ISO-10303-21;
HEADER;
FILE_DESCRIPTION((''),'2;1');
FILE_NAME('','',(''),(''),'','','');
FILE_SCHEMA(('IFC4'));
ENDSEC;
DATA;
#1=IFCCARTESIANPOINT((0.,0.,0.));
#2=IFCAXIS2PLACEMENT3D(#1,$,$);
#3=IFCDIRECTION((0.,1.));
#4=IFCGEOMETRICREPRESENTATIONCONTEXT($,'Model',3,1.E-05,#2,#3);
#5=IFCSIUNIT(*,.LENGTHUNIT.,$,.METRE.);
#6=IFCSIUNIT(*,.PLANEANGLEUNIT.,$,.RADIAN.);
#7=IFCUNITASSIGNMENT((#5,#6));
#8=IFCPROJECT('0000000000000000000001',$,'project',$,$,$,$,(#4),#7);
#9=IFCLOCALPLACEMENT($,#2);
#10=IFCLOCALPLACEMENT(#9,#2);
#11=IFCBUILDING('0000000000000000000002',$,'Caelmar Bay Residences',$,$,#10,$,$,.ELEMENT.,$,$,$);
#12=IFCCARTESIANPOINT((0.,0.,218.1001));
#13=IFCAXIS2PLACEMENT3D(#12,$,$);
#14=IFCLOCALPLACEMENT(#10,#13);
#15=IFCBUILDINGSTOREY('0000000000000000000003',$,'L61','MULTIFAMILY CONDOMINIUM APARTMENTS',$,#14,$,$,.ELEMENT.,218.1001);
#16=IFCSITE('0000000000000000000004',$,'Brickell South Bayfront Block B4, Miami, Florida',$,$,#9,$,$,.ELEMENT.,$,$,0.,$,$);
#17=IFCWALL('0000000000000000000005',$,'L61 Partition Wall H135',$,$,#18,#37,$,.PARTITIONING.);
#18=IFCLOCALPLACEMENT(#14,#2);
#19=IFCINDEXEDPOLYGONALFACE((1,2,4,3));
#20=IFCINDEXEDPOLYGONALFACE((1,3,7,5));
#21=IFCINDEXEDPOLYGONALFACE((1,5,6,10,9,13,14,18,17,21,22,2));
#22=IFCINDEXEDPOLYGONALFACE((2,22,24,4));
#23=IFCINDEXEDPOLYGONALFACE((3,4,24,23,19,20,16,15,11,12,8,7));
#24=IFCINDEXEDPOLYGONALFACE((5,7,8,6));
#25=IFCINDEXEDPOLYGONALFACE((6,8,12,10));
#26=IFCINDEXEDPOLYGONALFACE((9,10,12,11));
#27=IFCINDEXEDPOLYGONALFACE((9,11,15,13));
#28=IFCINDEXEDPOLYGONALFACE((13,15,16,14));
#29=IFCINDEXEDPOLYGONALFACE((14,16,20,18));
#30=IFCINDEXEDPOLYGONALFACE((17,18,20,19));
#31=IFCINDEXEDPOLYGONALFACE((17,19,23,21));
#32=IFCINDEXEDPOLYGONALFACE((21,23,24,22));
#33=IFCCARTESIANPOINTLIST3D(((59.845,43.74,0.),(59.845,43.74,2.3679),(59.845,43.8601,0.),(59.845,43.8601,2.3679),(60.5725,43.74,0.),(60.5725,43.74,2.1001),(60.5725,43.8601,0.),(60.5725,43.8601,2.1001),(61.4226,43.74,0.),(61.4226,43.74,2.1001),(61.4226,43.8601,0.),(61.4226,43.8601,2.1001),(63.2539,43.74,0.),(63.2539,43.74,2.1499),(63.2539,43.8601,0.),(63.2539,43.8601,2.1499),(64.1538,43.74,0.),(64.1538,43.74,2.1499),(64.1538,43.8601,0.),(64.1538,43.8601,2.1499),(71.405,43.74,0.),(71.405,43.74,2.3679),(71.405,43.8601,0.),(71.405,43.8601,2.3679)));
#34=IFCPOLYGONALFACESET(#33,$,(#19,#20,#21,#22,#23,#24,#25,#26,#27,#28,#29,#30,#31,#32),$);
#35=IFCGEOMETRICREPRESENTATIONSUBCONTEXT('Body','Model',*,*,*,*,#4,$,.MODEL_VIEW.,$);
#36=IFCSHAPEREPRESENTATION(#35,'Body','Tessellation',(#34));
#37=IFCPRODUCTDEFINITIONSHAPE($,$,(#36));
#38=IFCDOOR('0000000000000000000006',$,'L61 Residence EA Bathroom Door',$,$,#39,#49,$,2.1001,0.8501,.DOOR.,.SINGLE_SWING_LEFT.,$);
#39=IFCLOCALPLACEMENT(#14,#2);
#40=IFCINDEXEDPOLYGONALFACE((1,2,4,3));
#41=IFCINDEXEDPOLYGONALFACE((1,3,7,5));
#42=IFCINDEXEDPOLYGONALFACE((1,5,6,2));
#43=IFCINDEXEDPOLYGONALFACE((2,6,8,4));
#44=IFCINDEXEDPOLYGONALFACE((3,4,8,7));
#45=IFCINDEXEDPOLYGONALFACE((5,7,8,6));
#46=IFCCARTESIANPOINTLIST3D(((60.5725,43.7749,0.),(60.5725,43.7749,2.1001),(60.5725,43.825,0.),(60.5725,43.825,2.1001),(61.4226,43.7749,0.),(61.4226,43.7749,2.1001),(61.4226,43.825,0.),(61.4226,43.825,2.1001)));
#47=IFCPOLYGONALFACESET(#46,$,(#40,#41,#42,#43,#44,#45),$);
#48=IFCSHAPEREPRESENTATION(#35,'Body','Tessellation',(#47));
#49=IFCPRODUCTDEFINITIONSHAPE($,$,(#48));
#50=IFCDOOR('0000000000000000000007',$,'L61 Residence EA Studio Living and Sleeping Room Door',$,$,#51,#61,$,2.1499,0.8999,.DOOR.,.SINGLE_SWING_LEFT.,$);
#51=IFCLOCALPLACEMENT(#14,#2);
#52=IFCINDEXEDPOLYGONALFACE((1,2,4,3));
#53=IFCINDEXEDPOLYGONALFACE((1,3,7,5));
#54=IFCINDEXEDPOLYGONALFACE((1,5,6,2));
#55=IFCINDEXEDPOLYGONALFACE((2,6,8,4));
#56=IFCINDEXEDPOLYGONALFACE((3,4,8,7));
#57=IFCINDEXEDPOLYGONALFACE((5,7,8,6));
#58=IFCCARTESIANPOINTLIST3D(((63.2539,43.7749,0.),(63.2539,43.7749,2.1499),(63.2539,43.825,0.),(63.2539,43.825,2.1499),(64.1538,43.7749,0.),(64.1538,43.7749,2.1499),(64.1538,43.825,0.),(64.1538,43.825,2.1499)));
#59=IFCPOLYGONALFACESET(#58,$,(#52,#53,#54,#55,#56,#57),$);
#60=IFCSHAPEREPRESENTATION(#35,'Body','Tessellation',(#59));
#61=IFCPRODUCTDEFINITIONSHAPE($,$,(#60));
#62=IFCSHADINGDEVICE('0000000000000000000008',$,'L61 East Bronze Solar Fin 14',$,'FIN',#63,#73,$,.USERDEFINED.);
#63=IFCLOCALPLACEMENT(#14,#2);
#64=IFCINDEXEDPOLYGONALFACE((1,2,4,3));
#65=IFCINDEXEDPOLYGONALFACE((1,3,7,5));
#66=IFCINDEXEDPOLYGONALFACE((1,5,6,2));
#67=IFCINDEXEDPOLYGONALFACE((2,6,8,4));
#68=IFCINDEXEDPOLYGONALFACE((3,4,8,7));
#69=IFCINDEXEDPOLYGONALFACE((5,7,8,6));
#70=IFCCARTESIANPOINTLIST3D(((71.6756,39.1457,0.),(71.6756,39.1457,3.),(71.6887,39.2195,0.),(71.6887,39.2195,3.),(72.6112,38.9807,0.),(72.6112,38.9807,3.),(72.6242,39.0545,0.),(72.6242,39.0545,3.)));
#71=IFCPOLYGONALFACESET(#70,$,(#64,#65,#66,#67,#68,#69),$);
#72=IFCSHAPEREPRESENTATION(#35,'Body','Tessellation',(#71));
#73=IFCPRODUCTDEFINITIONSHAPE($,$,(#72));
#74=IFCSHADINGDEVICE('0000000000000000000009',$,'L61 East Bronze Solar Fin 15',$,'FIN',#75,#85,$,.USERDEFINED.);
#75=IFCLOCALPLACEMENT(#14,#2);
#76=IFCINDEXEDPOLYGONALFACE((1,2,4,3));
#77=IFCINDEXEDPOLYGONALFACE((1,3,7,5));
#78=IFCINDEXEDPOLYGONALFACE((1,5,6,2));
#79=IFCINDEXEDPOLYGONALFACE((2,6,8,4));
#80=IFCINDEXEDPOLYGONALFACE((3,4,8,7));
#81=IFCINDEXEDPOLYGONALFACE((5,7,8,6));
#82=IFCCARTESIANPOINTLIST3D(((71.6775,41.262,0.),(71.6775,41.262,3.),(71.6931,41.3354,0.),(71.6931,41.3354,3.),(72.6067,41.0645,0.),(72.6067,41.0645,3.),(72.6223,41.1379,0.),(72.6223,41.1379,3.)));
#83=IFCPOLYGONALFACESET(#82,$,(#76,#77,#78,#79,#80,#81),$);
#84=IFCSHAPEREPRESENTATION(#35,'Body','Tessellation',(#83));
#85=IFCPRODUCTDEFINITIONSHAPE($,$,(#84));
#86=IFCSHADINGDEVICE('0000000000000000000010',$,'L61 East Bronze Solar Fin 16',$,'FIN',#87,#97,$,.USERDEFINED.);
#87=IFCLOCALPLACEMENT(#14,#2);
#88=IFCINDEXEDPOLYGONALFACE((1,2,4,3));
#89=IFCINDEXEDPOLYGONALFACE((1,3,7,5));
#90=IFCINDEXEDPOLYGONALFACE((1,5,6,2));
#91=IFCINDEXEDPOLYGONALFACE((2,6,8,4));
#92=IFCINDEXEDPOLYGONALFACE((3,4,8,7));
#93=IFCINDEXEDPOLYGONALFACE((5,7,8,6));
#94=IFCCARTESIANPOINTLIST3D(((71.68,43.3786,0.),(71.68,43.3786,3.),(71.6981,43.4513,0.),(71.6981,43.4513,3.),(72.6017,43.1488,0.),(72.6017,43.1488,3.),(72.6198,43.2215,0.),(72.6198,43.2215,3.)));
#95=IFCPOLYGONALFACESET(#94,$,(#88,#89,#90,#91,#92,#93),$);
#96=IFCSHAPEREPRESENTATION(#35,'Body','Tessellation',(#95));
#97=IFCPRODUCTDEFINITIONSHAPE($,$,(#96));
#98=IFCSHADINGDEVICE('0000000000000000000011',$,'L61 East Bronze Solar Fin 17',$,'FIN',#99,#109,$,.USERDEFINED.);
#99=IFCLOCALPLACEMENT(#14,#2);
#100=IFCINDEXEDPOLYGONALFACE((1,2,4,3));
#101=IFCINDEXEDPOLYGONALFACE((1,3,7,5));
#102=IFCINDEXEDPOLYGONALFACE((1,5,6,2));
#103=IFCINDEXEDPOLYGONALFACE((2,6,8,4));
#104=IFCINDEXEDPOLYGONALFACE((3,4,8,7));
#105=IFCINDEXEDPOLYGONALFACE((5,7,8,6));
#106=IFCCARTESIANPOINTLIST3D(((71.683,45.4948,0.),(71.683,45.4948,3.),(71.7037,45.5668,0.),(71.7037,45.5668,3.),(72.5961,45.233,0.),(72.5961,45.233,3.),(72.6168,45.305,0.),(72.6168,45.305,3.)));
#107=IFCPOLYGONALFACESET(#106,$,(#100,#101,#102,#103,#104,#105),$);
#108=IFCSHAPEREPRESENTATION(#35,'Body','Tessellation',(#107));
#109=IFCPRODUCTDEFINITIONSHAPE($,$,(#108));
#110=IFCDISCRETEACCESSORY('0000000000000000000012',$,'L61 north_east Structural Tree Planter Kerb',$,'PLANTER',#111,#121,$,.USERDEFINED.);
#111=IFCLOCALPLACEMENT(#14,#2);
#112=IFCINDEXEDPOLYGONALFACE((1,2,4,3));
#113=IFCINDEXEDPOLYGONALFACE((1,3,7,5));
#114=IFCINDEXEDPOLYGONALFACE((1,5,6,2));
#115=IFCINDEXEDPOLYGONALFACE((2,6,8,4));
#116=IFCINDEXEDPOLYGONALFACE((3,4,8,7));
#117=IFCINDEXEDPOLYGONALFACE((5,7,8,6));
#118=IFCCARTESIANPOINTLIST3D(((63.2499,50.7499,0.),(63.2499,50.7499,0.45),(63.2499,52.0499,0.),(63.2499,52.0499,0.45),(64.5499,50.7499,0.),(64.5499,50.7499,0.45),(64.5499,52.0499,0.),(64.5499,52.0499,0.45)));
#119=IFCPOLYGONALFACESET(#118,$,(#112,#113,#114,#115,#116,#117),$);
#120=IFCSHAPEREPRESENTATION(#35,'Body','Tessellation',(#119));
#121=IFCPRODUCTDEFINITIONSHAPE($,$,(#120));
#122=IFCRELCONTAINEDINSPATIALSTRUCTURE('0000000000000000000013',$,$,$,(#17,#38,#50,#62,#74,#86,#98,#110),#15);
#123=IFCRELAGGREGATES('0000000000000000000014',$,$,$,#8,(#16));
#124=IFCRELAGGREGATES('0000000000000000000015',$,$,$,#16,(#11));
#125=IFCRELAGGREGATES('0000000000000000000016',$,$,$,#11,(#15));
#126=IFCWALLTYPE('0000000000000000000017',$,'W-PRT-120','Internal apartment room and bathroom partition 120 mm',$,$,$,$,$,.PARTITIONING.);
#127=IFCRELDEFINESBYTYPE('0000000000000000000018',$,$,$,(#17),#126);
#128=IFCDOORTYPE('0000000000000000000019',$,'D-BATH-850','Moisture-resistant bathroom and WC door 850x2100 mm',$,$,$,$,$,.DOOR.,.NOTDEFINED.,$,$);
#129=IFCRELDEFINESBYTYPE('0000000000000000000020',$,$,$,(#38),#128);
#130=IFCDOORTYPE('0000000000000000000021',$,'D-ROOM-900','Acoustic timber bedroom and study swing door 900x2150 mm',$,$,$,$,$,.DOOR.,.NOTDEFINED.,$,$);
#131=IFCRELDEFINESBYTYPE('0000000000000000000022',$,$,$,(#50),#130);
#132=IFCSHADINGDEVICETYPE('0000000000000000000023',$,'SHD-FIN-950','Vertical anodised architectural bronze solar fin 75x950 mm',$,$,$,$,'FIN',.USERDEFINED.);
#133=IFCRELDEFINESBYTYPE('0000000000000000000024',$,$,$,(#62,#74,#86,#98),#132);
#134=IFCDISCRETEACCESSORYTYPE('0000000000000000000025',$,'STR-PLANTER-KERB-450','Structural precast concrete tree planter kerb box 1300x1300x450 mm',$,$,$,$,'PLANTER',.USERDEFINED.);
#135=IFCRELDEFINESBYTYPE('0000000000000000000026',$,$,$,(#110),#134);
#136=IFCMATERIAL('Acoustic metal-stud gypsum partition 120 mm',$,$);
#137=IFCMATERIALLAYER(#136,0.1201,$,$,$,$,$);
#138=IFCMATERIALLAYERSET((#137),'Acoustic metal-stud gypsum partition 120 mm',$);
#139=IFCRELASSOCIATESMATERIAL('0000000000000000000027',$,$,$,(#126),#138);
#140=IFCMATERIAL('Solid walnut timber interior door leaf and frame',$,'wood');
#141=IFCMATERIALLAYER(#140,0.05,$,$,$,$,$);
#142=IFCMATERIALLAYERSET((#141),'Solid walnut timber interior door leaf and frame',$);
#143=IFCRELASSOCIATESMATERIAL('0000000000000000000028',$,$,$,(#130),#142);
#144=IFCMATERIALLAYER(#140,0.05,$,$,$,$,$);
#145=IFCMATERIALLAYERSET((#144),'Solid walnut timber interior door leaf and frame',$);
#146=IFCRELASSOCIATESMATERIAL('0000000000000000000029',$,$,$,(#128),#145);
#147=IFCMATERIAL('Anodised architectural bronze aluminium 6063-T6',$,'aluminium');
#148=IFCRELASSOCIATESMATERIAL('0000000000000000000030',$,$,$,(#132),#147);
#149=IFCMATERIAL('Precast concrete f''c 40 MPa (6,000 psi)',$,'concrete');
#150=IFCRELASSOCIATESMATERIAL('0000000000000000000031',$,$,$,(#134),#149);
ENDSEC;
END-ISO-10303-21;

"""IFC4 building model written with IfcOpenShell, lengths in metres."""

from ifc_helpers import new_model, si_unit, direction, frame, frame_2d, origin, origin_2d, place, context, subcontext, project, spatial, rectangle, extrude, material, layer, layer_set, material_profile, profile_set, type_object, element, fill, save


model = new_model("IFC4")

# Units and contexts
model_context = context("Model", 3, precision=1e-05, world=origin(), true_north=direction((0.0, 1.0)))
body_context = subcontext(model_context, "Body", "Model", "MODEL_VIEW")
ifc_project = project(units=[si_unit("LENGTHUNIT", "METRE"), si_unit("PLANEANGLEUNIT", "RADIAN")], contexts=[model_context])

# Site, building, storey
site_placement = place(None, origin())
site = spatial("IfcSite", under=ifc_project, at=site_placement, Name="Brickell South Bayfront Block B4, Miami, Florida", CompositionType="ELEMENT", RefElevation=0.0)
building_placement = place(site_placement, origin())
building = spatial("IfcBuilding", under=site, at=building_placement, Name="Caelmar Bay Residences", CompositionType="ELEMENT")
storey_placement = place(building_placement, frame((0.0, 0.0, 218.1001)))
storey = spatial("IfcBuildingStorey", under=building, at=storey_placement, Name="L61", Description="MULTIFAMILY CONDOMINIUM APARTMENTS", CompositionType="ELEMENT", Elevation=218.1001)

# Shared definitions
ifc_material_1 = material(Name="Precast concrete f'c 40 MPa (6,000 psi)", Category="concrete")

# Shared definitions
ifc_material_2 = material(Name="Acoustic metal-stud gypsum partition 120 mm")
ifc_layer_1 = layer(ifc_material_2, 0.1201)
ifc_layer_set_1 = layer_set([ifc_layer_1], Name="Acoustic metal-stud gypsum partition 120 mm")
wall_type_1 = type_object("IfcWallType", Name="W-PRT-120", Description="Internal apartment room and bathroom partition 120 mm", PredefinedType="PARTITIONING", material=ifc_layer_set_1)
ifc_material_3 = material(Name="Solid walnut timber interior door leaf and frame", Category="wood")
ifc_layer_2 = layer(ifc_material_3, 0.05)
ifc_layer_set_2 = layer_set([ifc_layer_2], Name="Solid walnut timber interior door leaf and frame")
door_type_1 = type_object("IfcDoorType", Name="D-ROOM-900", Description="Acoustic timber bedroom and study swing door 900x2150 mm", OperationType="NOTDEFINED", PredefinedType="DOOR", material=ifc_layer_set_2)

# Wall, openings, doors
wall_1_placement = place(storey_placement, frame((59.845, 43.8, 0.0), z_axis=(0.0, 0.0, 1.0), x_axis=(1.0, 0.0, 0.0)))
wall_1 = element("IfcWall", 1, at=wall_1_placement, inside=storey, type_object=wall_type_1, Name="L61 Partition Wall H135", PredefinedType="PARTITIONING", context=body_context, shape_type="SweptSolid", body=[
    extrude(rectangle(XDim=11.5601, YDim=0.1201, at=frame_2d((5.78, 0.0))), origin(), (0.0, 0.0, 1.0), 2.3679),
])
opening_1_placement = place(wall_1_placement, frame((3.4089, 0.0, 0.0)))
opening_1 = element("IfcOpeningElement", 2, at=opening_1_placement, cuts=wall_1, PredefinedType="OPENING", context=body_context, shape_type="SweptSolid", body=[
    extrude(rectangle(XDim=0.8999, YDim=2.1499, at=frame_2d((0.45, 1.075))), frame((0.0, 0.0701, 0.0), z_axis=(0.0, -1.0, 0.0), x_axis=(1.0, 0.0, 0.0)), (0.0, 0.0, 1.0), 0.1401),
])
opening_2_placement = place(wall_1_placement, frame((0.7275, 0.0, 0.0)))
opening_2 = element("IfcOpeningElement", 3, at=opening_2_placement, cuts=wall_1, PredefinedType="OPENING", context=body_context, shape_type="SweptSolid", body=[
    extrude(rectangle(XDim=0.8501, YDim=2.1001, at=frame_2d((0.425, 1.05))), frame((0.0, 0.0701, 0.0), z_axis=(0.0, -1.0, 0.0), x_axis=(1.0, 0.0, 0.0)), (0.0, 0.0, 1.0), 0.1401),
])
ifc_layer_3 = layer(ifc_material_3, 0.05)
ifc_layer_set_3 = layer_set([ifc_layer_3], Name="Solid walnut timber interior door leaf and frame")
door_type_2 = type_object("IfcDoorType", Name="D-BATH-850", Description="Moisture-resistant bathroom and WC door 850x2100 mm", OperationType="NOTDEFINED", PredefinedType="DOOR", material=ifc_layer_set_3)
door_1_placement = place(opening_2_placement, origin())
door_1 = element("IfcDoor", 4, at=door_1_placement, inside=storey, type_object=door_type_2, Name="L61 Residence EA Bathroom Door", OperationType="SINGLE_SWING_LEFT", OverallHeight=2.1001, OverallWidth=0.8501, PredefinedType="DOOR", context=body_context, shape_type="SweptSolid", body=[
    extrude(rectangle(XDim=0.8501, YDim=2.1001, at=frame_2d((0.425, 1.05))), frame((0.0, 0.0249, 0.0), z_axis=(0.0, -1.0, 0.0), x_axis=(1.0, 0.0, 0.0)), (0.0, 0.0, 1.0), 0.05),
])
fill(opening_2, door_1)
door_2_placement = place(opening_1_placement, origin())
door_2 = element("IfcDoor", 5, at=door_2_placement, inside=storey, type_object=door_type_1, Name="L61 Residence EA Studio Living and Sleeping Room Door", OperationType="SINGLE_SWING_LEFT", OverallHeight=2.1499, OverallWidth=0.8999, PredefinedType="DOOR", context=body_context, shape_type="SweptSolid", body=[
    extrude(rectangle(XDim=0.8999, YDim=2.1499, at=frame_2d((0.45, 1.075))), frame((0.0, 0.0249, 0.0), z_axis=(0.0, -1.0, 0.0), x_axis=(1.0, 0.0, 0.0)), (0.0, 0.0, 1.0), 0.05),
])
fill(opening_1, door_2)

# Shading devices
ifc_material_4 = material(Name="Anodised architectural bronze aluminium 6063-T6", Category="aluminium")
ifc_material_profile_1 = material_profile(ifc_material_4, rectangle(XDim=0.075, YDim=0.95, at=origin_2d()), Name="BRONZE-FIN-75X950")
ifc_profile_set_1 = profile_set([ifc_material_profile_1], Name="Anodised architectural bronze aluminium 6063-T6")
shading_device_type = type_object("IfcShadingDeviceType", Name="SHD-FIN-950", Description="Vertical anodised architectural bronze solar fin 75x950 mm", ElementType="FIN", PredefinedType="USERDEFINED", material=ifc_profile_set_1)
for number, where, z_axis, x_axis, name in (
    (6, (72.1499, 39.1001, 0.0), (0.0, 0.0, 1.0), (0.173648, 0.984808, 0.0), "L61 East Bronze Solar Fin 14"),
    (7, (72.1499, 41.2, 0.0), (0.0, 0.0, 1.0), (0.207912, 0.978148, 0.0), "L61 East Bronze Solar Fin 15"),
    (8, (72.1499, 43.3, 0.0), (0.0, 0.0, 1.0), (0.241922, 0.970296, 0.0), "L61 East Bronze Solar Fin 16"),
    (9, (72.1499, 45.3999, 0.0), (0.0, 0.0, 1.0), (0.275637, 0.961262, 0.0), "L61 East Bronze Solar Fin 17"),
):
    element("IfcShadingDevice", number, at=place(storey_placement, frame(where, z_axis=z_axis, x_axis=x_axis)), inside=storey, type_object=shading_device_type, Name=name, ObjectType="FIN", PredefinedType="USERDEFINED", context=body_context, shape_type="SweptSolid", body=[
        extrude(rectangle(XDim=0.075, YDim=0.95, at=origin_2d()), origin(), (0.0, 0.0, 1.0), 3.0),
    ])

# Discrete accessory
discrete_accessory_type = type_object("IfcDiscreteAccessoryType", Name="STR-PLANTER-KERB-450", Description="Structural precast concrete tree planter kerb box 1300x1300x450 mm", ElementType="PLANTER", PredefinedType="USERDEFINED", material=ifc_material_1)
discrete_accessory_placement = place(storey_placement, frame((63.8999, 51.3999, 0.0), z_axis=(0.0, 0.0, 1.0), x_axis=(1.0, 0.0, 0.0)))
element("IfcDiscreteAccessory", 10, at=discrete_accessory_placement, inside=storey, type_object=discrete_accessory_type, Name="L61 north_east Structural Tree Planter Kerb", ObjectType="PLANTER", PredefinedType="USERDEFINED", context=body_context, shape_type="SweptSolid", body=[
    extrude(rectangle(XDim=1.3, YDim=1.3, at=origin_2d()), origin(), (0.0, 0.0, 1.0), 0.45),
])

save(model, "model.ifc")
